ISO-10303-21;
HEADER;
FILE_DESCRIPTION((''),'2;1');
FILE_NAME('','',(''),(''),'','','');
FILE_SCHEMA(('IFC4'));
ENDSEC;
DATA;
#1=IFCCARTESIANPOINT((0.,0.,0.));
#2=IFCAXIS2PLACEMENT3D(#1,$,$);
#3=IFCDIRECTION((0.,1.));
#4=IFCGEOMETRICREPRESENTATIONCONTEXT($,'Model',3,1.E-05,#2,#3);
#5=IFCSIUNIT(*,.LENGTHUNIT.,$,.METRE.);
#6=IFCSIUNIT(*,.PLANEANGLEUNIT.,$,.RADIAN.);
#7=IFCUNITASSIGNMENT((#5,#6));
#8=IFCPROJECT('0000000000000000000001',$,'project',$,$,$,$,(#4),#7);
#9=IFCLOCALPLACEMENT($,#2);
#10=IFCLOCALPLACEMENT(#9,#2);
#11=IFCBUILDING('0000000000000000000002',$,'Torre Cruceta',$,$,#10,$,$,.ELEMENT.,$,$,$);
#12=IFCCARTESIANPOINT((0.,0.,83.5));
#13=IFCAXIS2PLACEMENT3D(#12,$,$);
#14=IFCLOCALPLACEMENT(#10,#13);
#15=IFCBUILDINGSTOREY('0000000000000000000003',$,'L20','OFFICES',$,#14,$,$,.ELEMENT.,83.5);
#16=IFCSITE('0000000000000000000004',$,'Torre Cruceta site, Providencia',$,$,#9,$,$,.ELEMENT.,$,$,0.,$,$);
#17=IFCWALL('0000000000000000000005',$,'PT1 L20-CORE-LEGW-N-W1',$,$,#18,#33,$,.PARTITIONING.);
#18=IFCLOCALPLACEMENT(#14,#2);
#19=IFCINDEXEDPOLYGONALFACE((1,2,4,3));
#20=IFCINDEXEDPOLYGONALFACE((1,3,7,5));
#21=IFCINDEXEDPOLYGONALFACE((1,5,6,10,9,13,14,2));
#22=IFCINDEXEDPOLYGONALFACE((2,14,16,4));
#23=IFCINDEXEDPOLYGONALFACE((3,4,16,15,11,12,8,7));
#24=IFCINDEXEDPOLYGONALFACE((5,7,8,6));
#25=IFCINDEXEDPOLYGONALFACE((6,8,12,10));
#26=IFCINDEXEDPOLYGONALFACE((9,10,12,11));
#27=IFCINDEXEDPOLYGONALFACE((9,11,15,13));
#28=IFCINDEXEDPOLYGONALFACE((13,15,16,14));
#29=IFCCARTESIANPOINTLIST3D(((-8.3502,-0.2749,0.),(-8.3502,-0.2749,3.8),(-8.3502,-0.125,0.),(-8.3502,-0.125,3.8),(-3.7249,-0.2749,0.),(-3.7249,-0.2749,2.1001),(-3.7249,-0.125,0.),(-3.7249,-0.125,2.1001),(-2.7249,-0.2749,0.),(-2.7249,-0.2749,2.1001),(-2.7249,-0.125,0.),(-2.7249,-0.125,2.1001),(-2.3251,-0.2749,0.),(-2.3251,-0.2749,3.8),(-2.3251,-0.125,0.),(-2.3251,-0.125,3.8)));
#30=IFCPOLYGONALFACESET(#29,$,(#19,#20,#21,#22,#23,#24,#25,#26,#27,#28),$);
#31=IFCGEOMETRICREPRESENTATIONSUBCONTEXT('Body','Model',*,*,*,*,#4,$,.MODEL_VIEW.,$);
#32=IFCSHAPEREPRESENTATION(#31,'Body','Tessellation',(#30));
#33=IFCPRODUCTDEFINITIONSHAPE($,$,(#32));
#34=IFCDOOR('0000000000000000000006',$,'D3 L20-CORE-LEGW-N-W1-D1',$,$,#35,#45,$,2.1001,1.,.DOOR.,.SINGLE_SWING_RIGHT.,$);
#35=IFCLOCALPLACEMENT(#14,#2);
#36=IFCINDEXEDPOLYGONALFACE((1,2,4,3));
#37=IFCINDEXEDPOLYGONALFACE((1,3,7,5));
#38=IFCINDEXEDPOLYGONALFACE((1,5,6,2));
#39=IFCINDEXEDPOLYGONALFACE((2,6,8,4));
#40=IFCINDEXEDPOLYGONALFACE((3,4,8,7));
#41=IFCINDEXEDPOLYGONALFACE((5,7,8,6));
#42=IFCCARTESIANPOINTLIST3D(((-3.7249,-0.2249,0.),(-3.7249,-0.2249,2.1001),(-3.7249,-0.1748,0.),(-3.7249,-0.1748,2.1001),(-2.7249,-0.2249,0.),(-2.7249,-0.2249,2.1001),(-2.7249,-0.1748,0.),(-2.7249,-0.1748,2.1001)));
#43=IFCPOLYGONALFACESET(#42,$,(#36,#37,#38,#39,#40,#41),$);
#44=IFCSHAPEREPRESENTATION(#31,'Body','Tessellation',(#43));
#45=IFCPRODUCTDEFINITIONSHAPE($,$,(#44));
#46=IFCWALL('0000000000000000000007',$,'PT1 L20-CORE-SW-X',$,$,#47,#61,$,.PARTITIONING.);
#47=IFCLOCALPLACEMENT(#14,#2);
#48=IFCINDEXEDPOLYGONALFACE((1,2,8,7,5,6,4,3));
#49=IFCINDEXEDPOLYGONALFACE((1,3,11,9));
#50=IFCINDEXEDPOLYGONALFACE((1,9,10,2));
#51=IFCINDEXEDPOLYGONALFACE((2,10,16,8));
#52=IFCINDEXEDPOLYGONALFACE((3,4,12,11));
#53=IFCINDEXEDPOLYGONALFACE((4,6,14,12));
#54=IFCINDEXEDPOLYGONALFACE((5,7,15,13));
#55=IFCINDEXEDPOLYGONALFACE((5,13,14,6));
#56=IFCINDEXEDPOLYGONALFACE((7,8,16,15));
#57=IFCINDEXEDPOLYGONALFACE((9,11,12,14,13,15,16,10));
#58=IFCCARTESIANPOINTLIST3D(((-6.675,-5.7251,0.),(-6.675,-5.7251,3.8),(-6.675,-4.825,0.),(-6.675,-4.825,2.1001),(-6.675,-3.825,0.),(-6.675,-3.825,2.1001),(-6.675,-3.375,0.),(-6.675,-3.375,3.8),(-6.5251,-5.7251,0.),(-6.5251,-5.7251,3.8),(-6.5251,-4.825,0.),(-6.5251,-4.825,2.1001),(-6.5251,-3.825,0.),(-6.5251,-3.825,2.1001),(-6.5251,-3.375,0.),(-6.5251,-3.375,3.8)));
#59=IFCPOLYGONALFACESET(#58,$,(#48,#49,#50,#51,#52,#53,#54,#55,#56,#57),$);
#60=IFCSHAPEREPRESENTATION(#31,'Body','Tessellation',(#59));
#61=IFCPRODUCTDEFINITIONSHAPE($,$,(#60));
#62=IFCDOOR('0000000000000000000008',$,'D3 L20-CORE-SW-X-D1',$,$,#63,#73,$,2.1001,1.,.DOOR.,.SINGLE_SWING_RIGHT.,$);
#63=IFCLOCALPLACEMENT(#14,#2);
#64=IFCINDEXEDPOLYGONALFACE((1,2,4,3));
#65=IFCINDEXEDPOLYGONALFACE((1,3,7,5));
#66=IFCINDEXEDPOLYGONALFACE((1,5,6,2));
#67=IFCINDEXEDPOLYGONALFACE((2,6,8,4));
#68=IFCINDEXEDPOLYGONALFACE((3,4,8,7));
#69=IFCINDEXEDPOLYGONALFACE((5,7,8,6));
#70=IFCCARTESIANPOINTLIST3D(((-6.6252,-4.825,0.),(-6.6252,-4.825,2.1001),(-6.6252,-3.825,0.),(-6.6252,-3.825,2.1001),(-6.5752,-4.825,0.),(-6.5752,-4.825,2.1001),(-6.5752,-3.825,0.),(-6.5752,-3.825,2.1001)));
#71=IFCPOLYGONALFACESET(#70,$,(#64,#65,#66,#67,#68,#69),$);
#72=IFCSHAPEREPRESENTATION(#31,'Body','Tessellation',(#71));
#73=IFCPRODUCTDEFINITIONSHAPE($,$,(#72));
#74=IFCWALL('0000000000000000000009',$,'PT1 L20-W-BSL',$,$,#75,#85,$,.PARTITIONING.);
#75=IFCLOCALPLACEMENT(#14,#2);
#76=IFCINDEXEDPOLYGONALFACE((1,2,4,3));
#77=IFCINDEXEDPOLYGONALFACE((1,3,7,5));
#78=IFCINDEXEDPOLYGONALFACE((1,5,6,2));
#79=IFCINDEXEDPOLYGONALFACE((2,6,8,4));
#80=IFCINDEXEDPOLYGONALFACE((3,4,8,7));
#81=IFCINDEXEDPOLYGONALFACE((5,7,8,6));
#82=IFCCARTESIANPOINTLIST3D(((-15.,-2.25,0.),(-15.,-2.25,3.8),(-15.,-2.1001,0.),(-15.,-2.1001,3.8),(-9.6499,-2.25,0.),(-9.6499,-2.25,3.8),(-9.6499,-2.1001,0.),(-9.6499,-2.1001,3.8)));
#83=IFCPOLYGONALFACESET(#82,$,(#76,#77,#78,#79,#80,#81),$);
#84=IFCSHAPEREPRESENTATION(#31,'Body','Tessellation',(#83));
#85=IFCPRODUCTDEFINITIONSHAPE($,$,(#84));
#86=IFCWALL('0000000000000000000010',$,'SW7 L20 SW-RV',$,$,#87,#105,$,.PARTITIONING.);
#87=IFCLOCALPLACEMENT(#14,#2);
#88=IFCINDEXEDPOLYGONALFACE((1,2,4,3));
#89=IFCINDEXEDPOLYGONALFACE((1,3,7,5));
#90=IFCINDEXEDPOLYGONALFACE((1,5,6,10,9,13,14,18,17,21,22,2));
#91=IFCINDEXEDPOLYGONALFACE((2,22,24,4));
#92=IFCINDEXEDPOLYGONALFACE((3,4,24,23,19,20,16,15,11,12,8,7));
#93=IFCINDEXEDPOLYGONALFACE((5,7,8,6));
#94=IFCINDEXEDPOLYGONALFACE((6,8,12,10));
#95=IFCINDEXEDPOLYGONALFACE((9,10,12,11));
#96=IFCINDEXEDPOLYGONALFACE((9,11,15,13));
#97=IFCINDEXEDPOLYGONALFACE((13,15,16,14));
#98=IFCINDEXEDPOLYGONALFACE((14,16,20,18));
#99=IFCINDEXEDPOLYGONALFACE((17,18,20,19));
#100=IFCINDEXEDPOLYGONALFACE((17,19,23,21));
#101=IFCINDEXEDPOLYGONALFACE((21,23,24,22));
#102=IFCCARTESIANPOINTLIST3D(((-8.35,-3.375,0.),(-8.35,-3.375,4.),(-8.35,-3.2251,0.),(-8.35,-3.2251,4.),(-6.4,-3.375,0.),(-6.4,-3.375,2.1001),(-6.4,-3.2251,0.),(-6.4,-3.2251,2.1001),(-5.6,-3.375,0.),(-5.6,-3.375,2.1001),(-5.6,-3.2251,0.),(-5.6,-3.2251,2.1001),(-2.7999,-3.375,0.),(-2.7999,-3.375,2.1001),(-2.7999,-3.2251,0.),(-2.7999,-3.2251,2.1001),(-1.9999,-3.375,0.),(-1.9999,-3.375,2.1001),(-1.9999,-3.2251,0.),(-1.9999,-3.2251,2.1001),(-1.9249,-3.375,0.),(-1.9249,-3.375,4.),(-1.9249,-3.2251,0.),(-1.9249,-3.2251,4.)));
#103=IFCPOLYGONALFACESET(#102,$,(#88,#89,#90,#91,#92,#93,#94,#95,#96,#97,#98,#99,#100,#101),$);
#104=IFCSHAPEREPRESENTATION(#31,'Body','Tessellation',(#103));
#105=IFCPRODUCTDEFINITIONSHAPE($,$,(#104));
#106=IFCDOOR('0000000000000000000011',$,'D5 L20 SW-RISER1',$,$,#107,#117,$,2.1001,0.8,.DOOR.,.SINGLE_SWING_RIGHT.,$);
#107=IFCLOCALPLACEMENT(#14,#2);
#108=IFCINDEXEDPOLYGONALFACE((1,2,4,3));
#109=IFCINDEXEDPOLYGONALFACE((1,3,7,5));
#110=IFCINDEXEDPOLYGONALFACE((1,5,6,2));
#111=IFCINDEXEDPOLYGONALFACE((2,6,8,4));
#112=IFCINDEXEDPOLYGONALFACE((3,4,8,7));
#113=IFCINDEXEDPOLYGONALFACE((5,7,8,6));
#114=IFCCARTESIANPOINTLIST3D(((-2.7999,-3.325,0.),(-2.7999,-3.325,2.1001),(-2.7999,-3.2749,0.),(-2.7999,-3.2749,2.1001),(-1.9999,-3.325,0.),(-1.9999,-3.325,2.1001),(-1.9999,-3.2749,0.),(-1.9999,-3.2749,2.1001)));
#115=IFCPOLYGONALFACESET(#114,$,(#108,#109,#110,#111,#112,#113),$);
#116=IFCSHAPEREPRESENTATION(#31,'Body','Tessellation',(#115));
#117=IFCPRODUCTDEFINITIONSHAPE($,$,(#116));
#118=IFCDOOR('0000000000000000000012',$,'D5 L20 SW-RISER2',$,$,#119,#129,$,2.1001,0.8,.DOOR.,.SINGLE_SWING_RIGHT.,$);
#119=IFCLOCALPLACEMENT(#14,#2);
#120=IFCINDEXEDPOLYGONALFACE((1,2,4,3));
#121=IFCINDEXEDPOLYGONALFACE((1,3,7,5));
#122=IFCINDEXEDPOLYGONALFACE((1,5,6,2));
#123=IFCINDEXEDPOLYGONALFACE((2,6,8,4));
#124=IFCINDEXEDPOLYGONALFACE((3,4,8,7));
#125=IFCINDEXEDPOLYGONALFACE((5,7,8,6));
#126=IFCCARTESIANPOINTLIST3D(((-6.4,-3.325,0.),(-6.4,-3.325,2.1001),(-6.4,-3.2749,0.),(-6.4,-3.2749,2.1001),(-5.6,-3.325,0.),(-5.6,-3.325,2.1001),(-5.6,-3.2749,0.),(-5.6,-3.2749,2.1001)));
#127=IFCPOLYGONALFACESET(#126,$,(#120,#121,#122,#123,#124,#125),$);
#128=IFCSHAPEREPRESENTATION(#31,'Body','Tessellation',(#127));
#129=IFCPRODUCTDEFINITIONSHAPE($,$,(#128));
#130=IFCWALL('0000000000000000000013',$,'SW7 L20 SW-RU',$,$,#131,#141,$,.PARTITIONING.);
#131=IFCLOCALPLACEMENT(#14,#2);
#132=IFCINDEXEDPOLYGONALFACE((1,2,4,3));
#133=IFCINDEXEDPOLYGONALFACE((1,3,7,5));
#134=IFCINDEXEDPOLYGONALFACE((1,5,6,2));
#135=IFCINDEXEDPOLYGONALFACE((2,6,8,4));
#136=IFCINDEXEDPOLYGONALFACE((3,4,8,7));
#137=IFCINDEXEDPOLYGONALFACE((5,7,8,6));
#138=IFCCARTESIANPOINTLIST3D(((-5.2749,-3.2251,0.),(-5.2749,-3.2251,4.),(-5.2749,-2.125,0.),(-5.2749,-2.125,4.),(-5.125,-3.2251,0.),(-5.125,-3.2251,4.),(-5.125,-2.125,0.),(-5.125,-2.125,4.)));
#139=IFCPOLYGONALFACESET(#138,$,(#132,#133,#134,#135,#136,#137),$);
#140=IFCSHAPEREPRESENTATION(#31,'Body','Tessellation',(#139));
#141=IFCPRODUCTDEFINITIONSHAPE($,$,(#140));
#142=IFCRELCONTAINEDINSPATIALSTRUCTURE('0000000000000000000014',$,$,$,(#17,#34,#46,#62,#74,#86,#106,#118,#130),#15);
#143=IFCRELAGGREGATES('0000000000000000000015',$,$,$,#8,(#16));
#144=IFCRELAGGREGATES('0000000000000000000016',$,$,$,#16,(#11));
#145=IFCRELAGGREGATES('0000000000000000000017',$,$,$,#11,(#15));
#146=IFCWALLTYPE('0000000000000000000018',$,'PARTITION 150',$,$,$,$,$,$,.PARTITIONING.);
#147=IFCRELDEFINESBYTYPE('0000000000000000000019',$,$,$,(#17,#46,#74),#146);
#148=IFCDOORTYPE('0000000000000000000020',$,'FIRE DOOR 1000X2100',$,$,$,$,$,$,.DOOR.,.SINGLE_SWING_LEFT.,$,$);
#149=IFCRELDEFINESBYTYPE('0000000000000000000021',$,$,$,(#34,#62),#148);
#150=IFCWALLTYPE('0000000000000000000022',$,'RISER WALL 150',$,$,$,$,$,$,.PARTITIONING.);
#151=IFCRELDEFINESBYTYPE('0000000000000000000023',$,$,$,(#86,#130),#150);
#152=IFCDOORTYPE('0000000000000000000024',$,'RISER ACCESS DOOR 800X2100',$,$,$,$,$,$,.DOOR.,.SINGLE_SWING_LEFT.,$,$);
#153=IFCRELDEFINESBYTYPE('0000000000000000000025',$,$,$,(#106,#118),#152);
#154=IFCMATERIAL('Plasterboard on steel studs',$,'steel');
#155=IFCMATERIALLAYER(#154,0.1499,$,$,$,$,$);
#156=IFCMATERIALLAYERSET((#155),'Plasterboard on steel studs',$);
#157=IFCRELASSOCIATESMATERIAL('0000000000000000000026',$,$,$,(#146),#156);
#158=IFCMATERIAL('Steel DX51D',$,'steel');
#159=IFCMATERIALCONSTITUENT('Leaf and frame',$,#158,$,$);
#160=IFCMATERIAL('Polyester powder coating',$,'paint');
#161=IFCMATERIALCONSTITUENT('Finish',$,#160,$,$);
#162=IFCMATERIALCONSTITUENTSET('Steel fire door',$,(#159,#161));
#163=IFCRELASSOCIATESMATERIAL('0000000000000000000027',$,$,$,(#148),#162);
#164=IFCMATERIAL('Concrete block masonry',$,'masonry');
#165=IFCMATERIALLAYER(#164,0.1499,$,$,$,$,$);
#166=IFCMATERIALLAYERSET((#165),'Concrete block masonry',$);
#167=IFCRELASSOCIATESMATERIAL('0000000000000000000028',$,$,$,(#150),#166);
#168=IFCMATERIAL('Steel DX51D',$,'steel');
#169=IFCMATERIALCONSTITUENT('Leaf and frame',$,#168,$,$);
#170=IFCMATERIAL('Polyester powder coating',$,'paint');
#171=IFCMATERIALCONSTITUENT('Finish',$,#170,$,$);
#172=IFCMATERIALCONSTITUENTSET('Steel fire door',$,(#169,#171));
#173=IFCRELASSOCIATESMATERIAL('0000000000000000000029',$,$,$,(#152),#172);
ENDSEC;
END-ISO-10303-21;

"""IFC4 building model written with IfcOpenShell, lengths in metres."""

from ifc_helpers import new_model, si_unit, direction, frame, frame_2d, origin, place, context, subcontext, project, spatial, rectangle, extrude, material, layer, layer_set, constituent, constituent_set, type_object, element, fill, save


model = new_model("IFC4")

# Units and contexts
model_context = context("Model", 3, precision=1e-05, world=origin(), true_north=direction((0.0, 1.0)))
body_context = subcontext(model_context, "Body", "Model", "MODEL_VIEW")
ifc_project = project(units=[si_unit("LENGTHUNIT", "METRE"), si_unit("PLANEANGLEUNIT", "RADIAN")], contexts=[model_context])

# Site, building, storey
site_placement = place(None, origin())
site = spatial("IfcSite", under=ifc_project, at=site_placement, Name="Torre Cruceta site, Providencia", CompositionType="ELEMENT", RefElevation=0.0)
building_placement = place(site_placement, origin())
building = spatial("IfcBuilding", under=site, at=building_placement, Name="Torre Cruceta", CompositionType="ELEMENT")
storey_placement = place(building_placement, frame((0.0, 0.0, 83.5)))
storey = spatial("IfcBuildingStorey", under=building, at=storey_placement, Name="L20", Description="OFFICES", CompositionType="ELEMENT", Elevation=83.5)

# Walls, openings, doors
ifc_material_1 = material(Name="Plasterboard on steel studs", Category="steel")
ifc_layer_1 = layer(ifc_material_1, 0.1499)
ifc_layer_set_1 = layer_set([ifc_layer_1], Name="Plasterboard on steel studs")
wall_type_1 = type_object("IfcWallType", Name="PARTITION 150", PredefinedType="PARTITIONING", material=ifc_layer_set_1)
wall_1_placement = place(storey_placement, frame((-2.325, -0.2, 0.0), z_axis=(0.0, 0.0, 1.0), x_axis=(-1.0, 0.0, 0.0)))
wall_1 = element("IfcWall", 1, at=wall_1_placement, inside=storey, type_object=wall_type_1, Name="PT1 L20-CORE-LEGW-N-W1", PredefinedType="PARTITIONING", context=body_context, shape_type="SweptSolid", body=[
    extrude(rectangle(XDim=6.0251, YDim=0.1499, at=frame_2d((3.0127, 0.0))), origin(), (0.0, 0.0, 1.0), 3.8),
])
opening_1_placement = place(wall_1_placement, frame((0.3999, 0.0, 0.0)))
opening_1 = element("IfcOpeningElement", 2, at=opening_1_placement, cuts=wall_1, PredefinedType="OPENING", context=body_context, shape_type="SweptSolid", body=[
    extrude(rectangle(XDim=1.0, YDim=2.1001, at=frame_2d((0.5, 1.05))), frame((0.0, 0.085, 0.0), z_axis=(0.0, -1.0, 0.0), x_axis=(1.0, 0.0, 0.0)), (0.0, 0.0, 1.0), 0.1699),
])
ifc_material_2 = material(Name="Steel DX51D", Category="steel")
ifc_constituent_1 = constituent(ifc_material_2, Name="Leaf and frame")
ifc_material_3 = material(Name="Polyester powder coating", Category="paint")
ifc_constituent_2 = constituent(ifc_material_3, Name="Finish")
ifc_constituent_set_1 = constituent_set(constituents=[ifc_constituent_1, ifc_constituent_2], Name="Steel fire door")
door_type_1 = type_object("IfcDoorType", Name="FIRE DOOR 1000X2100", OperationType="SINGLE_SWING_LEFT", PredefinedType="DOOR", material=ifc_constituent_set_1)
door_1_placement = place(opening_1_placement, frame((1.0, 0.0, 0.0), z_axis=(0.0, 0.0, 1.0), x_axis=(-1.0, 0.0, 0.0)))
door_1 = element("IfcDoor", 3, at=door_1_placement, inside=storey, type_object=door_type_1, Name="D3 L20-CORE-LEGW-N-W1-D1", OperationType="SINGLE_SWING_RIGHT", OverallHeight=2.1001, OverallWidth=1.0, PredefinedType="DOOR", context=body_context, shape_type="SweptSolid", body=[
    extrude(rectangle(XDim=1.0, YDim=2.1001, at=frame_2d((0.5, 1.05))), frame((0.0, 0.0251, 0.0), z_axis=(0.0, -1.0, 0.0), x_axis=(1.0, 0.0, 0.0)), (0.0, 0.0, 1.0), 0.05),
])
fill(opening_1, door_1)
wall_2_placement = place(storey_placement, frame((-6.6001, -3.375, 0.0), z_axis=(0.0, 0.0, 1.0), x_axis=(0.0, -1.0, 0.0)))
wall_2 = element("IfcWall", 4, at=wall_2_placement, inside=storey, type_object=wall_type_1, Name="PT1 L20-CORE-SW-X", PredefinedType="PARTITIONING", context=body_context, shape_type="SweptSolid", body=[
    extrude(rectangle(XDim=2.3501, YDim=0.1499, at=frame_2d((1.175, 0.0))), origin(), (0.0, 0.0, 1.0), 3.8),
])
opening_2_placement = place(wall_2_placement, frame((0.45, 0.0, 0.0)))
opening_2 = element("IfcOpeningElement", 5, at=opening_2_placement, cuts=wall_2, PredefinedType="OPENING", context=body_context, shape_type="SweptSolid", body=[
    extrude(rectangle(XDim=1.0, YDim=2.1001, at=frame_2d((0.5, 1.05))), frame((0.0, 0.085, 0.0), z_axis=(0.0, -1.0, 0.0), x_axis=(1.0, 0.0, 0.0)), (0.0, 0.0, 1.0), 0.1699),
])
door_2_placement = place(opening_2_placement, frame((1.0, 0.0, 0.0), z_axis=(0.0, 0.0, 1.0), x_axis=(-1.0, 0.0, 0.0)))
door_2 = element("IfcDoor", 6, at=door_2_placement, inside=storey, type_object=door_type_1, Name="D3 L20-CORE-SW-X-D1", OperationType="SINGLE_SWING_RIGHT", OverallHeight=2.1001, OverallWidth=1.0, PredefinedType="DOOR", context=body_context, shape_type="SweptSolid", body=[
    extrude(rectangle(XDim=1.0, YDim=2.1001, at=frame_2d((0.5, 1.05))), frame((0.0, 0.0251, 0.0), z_axis=(0.0, -1.0, 0.0), x_axis=(1.0, 0.0, 0.0)), (0.0, 0.0, 1.0), 0.05),
])
fill(opening_2, door_2)

# Wall
wall_3_placement = place(storey_placement, frame((-9.6499, -2.175, 0.0), z_axis=(0.0, 0.0, 1.0), x_axis=(-1.0, 0.0, 0.0)))
element("IfcWall", 7, at=wall_3_placement, inside=storey, type_object=wall_type_1, Name="PT1 L20-W-BSL", PredefinedType="PARTITIONING", context=body_context, shape_type="SweptSolid", body=[
    extrude(rectangle(XDim=5.3501, YDim=0.1499, at=frame_2d((2.675, 0.0))), origin(), (0.0, 0.0, 1.0), 3.8),
])

# Wall, openings, doors
ifc_material_4 = material(Name="Concrete block masonry", Category="masonry")
ifc_layer_2 = layer(ifc_material_4, 0.1499)
ifc_layer_set_2 = layer_set([ifc_layer_2], Name="Concrete block masonry")
wall_type_2 = type_object("IfcWallType", Name="RISER WALL 150", PredefinedType="PARTITIONING", material=ifc_layer_set_2)
wall_4_placement = place(storey_placement, frame((-1.925, -3.3, 0.0), z_axis=(0.0, 0.0, 1.0), x_axis=(-1.0, 0.0, 0.0)))
wall_4 = element("IfcWall", 8, at=wall_4_placement, inside=storey, type_object=wall_type_2, Name="SW7 L20 SW-RV", PredefinedType="PARTITIONING", context=body_context, shape_type="SweptSolid", body=[
    extrude(rectangle(XDim=6.425, YDim=0.1499, at=frame_2d((3.2124, 0.0))), origin(), (0.0, 0.0, 1.0), 4.0),
])
opening_3_placement = place(wall_4_placement, frame((0.075, 0.0, 0.0)))
opening_3 = element("IfcOpeningElement", 9, at=opening_3_placement, cuts=wall_4, PredefinedType="OPENING", context=body_context, shape_type="SweptSolid", body=[
    extrude(rectangle(XDim=0.8, YDim=2.1001, at=frame_2d((0.3999, 1.05))), frame((0.0, 0.085, 0.0), z_axis=(0.0, -1.0, 0.0), x_axis=(1.0, 0.0, 0.0)), (0.0, 0.0, 1.0), 0.1699),
])
opening_4_placement = place(wall_4_placement, frame((3.675, 0.0, 0.0)))
opening_4 = element("IfcOpeningElement", 10, at=opening_4_placement, cuts=wall_4, PredefinedType="OPENING", context=body_context, shape_type="SweptSolid", body=[
    extrude(rectangle(XDim=0.8, YDim=2.1001, at=frame_2d((0.3999, 1.05))), frame((0.0, 0.085, 0.0), z_axis=(0.0, -1.0, 0.0), x_axis=(1.0, 0.0, 0.0)), (0.0, 0.0, 1.0), 0.1699),
])
ifc_material_5 = material(Name="Steel DX51D", Category="steel")
ifc_constituent_3 = constituent(ifc_material_5, Name="Leaf and frame")
ifc_material_6 = material(Name="Polyester powder coating", Category="paint")
ifc_constituent_4 = constituent(ifc_material_6, Name="Finish")
ifc_constituent_set_2 = constituent_set(constituents=[ifc_constituent_3, ifc_constituent_4], Name="Steel fire door")
door_type_2 = type_object("IfcDoorType", Name="RISER ACCESS DOOR 800X2100", OperationType="SINGLE_SWING_LEFT", PredefinedType="DOOR", material=ifc_constituent_set_2)
door_3_placement = place(opening_3_placement, frame((0.8, 0.0, 0.0), z_axis=(0.0, 0.0, 1.0), x_axis=(-1.0, 0.0, 0.0)))
door_3 = element("IfcDoor", 11, at=door_3_placement, inside=storey, type_object=door_type_2, Name="D5 L20 SW-RISER1", OperationType="SINGLE_SWING_RIGHT", OverallHeight=2.1001, OverallWidth=0.8, PredefinedType="DOOR", context=body_context, shape_type="SweptSolid", body=[
    extrude(rectangle(XDim=0.8, YDim=2.1001, at=frame_2d((0.4001, 1.05))), frame((0.0, 0.0251, 0.0), z_axis=(0.0, -1.0, 0.0), x_axis=(1.0, 0.0, 0.0)), (0.0, 0.0, 1.0), 0.05),
])
fill(opening_3, door_3)
door_4_placement = place(opening_4_placement, frame((0.8, 0.0, 0.0), z_axis=(0.0, 0.0, 1.0), x_axis=(-1.0, 0.0, 0.0)))
door_4 = element("IfcDoor", 12, at=door_4_placement, inside=storey, type_object=door_type_2, Name="D5 L20 SW-RISER2", OperationType="SINGLE_SWING_RIGHT", OverallHeight=2.1001, OverallWidth=0.8, PredefinedType="DOOR", context=body_context, shape_type="SweptSolid", body=[
    extrude(rectangle(XDim=0.8, YDim=2.1001, at=frame_2d((0.4001, 1.05))), frame((0.0, 0.0251, 0.0), z_axis=(0.0, -1.0, 0.0), x_axis=(1.0, 0.0, 0.0)), (0.0, 0.0, 1.0), 0.05),
])
fill(opening_4, door_4)

# Wall
wall_5_placement = place(storey_placement, frame((-5.2, -2.125, 0.0), z_axis=(0.0, 0.0, 1.0), x_axis=(0.0, -1.0, 0.0)))
element("IfcWall", 13, at=wall_5_placement, inside=storey, type_object=wall_type_2, Name="SW7 L20 SW-RU", PredefinedType="PARTITIONING", context=body_context, shape_type="SweptSolid", body=[
    extrude(rectangle(XDim=1.1001, YDim=0.1499, at=frame_2d((0.55, 0.0))), origin(), (0.0, 0.0, 1.0), 4.0),
])

save(model, "model.ifc")
